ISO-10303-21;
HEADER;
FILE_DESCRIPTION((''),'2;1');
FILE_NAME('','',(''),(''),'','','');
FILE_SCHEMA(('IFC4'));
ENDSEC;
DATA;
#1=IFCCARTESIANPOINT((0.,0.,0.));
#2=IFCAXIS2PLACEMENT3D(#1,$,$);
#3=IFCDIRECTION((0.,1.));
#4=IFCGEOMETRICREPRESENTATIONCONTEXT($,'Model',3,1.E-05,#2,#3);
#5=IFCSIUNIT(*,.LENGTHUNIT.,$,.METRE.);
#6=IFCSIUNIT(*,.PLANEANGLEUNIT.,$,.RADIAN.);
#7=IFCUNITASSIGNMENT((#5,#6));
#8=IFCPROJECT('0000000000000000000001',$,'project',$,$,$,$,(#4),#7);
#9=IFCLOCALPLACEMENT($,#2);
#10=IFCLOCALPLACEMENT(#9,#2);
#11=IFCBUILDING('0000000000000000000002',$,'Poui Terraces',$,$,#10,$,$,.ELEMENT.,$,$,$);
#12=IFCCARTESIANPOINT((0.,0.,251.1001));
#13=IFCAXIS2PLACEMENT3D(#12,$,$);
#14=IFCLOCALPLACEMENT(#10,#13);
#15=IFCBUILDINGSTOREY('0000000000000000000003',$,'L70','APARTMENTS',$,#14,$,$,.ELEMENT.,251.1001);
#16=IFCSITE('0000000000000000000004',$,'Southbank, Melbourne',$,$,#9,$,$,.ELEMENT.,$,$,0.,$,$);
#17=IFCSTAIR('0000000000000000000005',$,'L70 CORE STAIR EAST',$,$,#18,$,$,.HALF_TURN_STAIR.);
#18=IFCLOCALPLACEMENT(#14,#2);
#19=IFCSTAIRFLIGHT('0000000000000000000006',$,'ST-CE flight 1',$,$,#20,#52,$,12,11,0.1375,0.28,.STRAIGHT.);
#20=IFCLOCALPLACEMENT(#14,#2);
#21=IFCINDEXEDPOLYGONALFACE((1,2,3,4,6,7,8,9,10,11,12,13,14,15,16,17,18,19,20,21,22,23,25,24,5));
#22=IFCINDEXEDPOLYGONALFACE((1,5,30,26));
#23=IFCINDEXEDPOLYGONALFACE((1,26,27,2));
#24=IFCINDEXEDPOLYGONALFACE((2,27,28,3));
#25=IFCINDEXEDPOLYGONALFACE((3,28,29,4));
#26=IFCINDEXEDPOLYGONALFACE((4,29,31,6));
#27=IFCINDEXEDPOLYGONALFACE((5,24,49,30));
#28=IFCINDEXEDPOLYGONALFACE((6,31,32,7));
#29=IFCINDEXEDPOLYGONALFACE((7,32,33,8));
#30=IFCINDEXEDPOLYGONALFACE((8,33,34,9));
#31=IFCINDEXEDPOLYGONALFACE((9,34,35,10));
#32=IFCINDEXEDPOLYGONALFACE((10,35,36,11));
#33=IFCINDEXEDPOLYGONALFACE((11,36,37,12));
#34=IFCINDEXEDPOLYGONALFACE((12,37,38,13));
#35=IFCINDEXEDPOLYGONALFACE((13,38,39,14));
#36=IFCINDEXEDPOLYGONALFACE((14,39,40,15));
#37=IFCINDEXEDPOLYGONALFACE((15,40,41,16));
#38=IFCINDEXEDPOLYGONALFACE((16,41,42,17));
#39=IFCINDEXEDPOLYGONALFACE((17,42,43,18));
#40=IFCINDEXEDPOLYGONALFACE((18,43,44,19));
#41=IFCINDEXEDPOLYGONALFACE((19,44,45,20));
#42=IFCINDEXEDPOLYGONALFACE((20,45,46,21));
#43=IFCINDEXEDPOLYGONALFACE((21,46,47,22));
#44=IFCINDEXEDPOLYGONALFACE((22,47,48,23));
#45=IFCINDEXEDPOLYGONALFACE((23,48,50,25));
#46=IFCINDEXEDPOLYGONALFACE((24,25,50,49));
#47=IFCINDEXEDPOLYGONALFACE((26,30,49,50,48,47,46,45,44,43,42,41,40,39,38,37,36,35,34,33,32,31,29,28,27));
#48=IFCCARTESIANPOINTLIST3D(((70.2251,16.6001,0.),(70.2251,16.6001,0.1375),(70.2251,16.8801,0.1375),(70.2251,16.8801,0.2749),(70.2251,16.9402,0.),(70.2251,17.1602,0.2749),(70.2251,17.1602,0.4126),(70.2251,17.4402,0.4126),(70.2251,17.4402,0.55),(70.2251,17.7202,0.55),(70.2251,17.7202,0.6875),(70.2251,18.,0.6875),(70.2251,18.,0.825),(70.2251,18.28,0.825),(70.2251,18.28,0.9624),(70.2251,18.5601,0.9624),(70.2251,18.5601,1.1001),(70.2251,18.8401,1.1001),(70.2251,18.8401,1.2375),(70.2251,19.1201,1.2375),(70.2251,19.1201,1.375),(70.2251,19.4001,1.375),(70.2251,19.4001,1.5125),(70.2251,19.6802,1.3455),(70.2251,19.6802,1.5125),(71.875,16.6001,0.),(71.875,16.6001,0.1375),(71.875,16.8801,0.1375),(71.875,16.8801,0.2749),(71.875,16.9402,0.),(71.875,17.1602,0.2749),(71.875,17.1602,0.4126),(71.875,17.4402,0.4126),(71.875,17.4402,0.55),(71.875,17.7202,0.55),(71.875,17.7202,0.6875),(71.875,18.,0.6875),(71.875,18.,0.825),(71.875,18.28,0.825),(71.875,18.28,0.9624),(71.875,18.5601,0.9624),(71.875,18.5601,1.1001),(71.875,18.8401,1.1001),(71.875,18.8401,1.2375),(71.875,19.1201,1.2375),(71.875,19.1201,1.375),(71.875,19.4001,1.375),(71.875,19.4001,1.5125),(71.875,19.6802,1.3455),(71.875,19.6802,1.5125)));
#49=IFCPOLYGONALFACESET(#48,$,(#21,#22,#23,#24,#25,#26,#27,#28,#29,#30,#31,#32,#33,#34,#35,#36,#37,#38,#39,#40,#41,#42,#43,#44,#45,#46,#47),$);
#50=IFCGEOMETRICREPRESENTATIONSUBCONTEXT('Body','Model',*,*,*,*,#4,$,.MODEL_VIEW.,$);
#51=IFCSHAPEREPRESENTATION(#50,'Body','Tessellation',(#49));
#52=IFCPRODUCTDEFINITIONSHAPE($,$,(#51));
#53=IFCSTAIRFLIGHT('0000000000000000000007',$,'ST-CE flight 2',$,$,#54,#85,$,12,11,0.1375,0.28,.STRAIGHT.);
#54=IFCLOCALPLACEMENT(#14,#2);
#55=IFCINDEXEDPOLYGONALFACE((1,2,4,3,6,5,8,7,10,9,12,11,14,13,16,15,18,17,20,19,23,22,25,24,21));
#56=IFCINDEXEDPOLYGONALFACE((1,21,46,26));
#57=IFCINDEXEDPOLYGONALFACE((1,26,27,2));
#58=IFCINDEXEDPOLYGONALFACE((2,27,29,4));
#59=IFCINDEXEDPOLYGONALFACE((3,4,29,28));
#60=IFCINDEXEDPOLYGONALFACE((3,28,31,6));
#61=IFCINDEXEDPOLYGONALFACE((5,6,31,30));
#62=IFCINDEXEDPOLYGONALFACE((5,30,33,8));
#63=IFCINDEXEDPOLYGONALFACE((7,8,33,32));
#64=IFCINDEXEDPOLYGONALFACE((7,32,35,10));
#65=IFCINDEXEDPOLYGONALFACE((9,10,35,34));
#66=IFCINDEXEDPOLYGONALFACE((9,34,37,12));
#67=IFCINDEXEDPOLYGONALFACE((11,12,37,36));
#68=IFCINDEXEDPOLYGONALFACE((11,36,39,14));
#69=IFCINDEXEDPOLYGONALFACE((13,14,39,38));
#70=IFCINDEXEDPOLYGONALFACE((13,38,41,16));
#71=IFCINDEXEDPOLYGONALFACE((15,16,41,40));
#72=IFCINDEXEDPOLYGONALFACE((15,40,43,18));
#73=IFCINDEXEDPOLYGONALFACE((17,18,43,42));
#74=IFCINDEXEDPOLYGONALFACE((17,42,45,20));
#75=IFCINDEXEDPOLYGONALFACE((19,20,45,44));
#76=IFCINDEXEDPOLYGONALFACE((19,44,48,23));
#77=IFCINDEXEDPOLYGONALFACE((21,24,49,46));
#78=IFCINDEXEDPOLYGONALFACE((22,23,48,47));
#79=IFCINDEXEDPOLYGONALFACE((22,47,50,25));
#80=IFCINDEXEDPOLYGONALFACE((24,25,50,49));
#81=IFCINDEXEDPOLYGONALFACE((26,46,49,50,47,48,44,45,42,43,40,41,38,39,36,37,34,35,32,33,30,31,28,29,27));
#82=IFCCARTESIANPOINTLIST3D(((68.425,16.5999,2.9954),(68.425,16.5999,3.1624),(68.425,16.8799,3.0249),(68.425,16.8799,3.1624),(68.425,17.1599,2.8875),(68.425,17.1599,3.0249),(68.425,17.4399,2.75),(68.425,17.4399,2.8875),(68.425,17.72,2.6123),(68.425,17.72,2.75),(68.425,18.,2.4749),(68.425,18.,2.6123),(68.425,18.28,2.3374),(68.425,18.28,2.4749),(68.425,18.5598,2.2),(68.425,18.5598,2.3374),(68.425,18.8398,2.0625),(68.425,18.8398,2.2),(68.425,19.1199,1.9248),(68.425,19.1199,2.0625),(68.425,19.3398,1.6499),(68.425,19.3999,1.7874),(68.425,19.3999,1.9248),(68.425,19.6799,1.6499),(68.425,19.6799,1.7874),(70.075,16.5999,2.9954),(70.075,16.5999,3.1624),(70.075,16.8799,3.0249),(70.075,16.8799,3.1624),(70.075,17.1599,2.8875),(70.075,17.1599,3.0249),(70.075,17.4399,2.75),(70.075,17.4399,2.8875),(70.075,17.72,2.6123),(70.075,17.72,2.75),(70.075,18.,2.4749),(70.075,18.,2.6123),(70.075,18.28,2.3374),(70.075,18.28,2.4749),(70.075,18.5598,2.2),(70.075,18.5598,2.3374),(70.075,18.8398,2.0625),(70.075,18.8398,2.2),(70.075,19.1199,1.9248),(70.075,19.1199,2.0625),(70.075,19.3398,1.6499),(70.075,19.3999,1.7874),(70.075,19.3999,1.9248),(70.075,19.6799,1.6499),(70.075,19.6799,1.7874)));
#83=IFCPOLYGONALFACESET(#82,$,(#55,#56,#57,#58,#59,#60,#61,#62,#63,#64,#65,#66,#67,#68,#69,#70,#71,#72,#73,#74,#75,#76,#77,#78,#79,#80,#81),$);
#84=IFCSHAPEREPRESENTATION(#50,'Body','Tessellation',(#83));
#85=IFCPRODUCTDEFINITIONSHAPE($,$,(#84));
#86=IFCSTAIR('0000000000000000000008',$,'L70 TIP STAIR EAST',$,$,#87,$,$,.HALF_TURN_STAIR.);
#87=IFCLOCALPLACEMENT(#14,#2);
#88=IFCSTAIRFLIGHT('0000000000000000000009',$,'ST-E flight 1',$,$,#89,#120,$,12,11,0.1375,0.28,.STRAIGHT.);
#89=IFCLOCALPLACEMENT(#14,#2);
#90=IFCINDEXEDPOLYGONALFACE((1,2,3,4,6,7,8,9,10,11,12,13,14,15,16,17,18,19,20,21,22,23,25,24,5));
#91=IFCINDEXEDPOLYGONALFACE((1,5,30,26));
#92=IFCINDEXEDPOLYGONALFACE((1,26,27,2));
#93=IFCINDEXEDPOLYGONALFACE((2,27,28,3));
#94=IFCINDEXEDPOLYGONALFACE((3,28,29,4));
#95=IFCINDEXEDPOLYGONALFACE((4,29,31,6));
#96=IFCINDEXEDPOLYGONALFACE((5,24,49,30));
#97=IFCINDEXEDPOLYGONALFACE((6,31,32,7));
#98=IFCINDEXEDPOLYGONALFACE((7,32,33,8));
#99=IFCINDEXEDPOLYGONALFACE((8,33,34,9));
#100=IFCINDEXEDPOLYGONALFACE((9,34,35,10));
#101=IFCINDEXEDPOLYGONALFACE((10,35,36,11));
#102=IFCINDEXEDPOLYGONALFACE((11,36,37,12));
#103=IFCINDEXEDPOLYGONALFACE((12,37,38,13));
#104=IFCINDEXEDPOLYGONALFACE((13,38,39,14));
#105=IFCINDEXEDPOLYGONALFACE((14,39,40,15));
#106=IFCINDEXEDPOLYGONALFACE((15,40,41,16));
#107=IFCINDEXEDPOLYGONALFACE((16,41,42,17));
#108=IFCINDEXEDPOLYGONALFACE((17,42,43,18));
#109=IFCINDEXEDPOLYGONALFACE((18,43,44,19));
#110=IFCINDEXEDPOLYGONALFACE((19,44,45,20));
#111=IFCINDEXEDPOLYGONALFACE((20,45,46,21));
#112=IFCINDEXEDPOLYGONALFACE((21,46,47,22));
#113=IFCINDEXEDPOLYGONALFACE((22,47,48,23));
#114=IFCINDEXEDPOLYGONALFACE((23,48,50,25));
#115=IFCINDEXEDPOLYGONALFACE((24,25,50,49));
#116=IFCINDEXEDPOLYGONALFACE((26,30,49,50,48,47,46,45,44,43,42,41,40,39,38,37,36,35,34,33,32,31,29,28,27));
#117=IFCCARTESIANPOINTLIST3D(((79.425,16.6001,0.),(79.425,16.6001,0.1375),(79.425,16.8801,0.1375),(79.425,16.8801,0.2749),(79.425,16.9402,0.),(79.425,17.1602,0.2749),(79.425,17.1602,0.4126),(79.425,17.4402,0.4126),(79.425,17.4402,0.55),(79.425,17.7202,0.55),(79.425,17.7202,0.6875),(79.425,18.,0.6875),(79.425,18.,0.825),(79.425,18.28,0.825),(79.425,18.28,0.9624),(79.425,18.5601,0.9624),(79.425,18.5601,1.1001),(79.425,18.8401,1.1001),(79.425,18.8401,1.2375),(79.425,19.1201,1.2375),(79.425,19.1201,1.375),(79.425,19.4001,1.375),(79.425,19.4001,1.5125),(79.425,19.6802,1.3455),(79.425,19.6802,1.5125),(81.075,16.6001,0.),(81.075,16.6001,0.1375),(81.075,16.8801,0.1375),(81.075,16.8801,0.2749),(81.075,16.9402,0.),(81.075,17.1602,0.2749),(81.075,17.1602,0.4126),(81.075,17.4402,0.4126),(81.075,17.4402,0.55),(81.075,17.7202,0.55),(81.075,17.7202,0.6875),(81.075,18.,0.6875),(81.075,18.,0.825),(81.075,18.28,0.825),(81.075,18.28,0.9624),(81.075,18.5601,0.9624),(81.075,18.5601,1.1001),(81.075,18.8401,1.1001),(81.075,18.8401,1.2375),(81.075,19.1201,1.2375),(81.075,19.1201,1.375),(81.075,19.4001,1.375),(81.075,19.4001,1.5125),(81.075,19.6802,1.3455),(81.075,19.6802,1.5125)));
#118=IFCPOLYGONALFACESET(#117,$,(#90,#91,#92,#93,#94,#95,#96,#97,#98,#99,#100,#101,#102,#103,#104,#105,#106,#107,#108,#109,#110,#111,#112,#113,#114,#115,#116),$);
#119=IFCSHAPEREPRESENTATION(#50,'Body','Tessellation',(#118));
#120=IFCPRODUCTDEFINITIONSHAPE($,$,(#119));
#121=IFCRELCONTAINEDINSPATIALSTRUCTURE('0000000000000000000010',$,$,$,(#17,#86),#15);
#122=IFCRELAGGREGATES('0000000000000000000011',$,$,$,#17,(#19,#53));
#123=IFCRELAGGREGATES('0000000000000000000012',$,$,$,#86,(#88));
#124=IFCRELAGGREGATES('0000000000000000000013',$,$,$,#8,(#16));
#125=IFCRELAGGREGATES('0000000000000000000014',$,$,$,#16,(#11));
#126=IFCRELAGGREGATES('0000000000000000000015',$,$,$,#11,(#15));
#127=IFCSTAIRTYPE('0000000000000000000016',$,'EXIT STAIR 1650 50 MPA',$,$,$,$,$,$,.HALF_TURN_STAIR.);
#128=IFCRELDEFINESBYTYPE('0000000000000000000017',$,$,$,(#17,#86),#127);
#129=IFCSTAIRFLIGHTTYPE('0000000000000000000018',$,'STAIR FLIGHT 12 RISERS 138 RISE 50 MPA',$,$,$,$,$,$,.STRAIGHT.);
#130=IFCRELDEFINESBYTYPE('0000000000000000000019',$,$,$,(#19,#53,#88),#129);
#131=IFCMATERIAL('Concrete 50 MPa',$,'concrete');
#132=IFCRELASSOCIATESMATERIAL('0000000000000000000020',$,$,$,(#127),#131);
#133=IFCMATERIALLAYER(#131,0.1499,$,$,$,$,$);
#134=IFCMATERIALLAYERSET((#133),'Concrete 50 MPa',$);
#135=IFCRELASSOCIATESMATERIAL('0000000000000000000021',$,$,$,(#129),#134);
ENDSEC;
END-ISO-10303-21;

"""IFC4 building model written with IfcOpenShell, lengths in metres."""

from ifc_helpers import new_model, si_unit, direction, frame, origin, place, context, subcontext, project, spatial, polyline, outline, extrude, material, layer, layer_set, type_object, element, aggregate, save


model = new_model("IFC4")

# Units and contexts
model_context = context("Model", 3, precision=1e-05, world=origin(), true_north=direction((0.0, 1.0)))
body_context = subcontext(model_context, "Body", "Model", "MODEL_VIEW")
ifc_project = project(units=[si_unit("LENGTHUNIT", "METRE"), si_unit("PLANEANGLEUNIT", "RADIAN")], contexts=[model_context])

# Site, building, storey
site_placement = place(None, origin())
site = spatial("IfcSite", under=ifc_project, at=site_placement, Name="Southbank, Melbourne", CompositionType="ELEMENT", RefElevation=0.0)
building_placement = place(site_placement, origin())
building = spatial("IfcBuilding", under=site, at=building_placement, Name="Poui Terraces", CompositionType="ELEMENT")
storey_placement = place(building_placement, frame((0.0, 0.0, 251.1001)))
storey = spatial("IfcBuildingStorey", under=building, at=storey_placement, Name="L70", Description="APARTMENTS", CompositionType="ELEMENT", Elevation=251.1001)

# Shared definitions
ifc_material_1 = material(Name="Concrete 50 MPa", Category="concrete")

# Stair, stair flights
stair_type = type_object("IfcStairType", Name="EXIT STAIR 1650 50 MPA", PredefinedType="HALF_TURN_STAIR", material=ifc_material_1)
stair_1_placement = place(storey_placement, origin())
stair_1 = element("IfcStair", 1, at=stair_1_placement, inside=storey, type_object=stair_type, Name="L70 CORE STAIR EAST", PredefinedType="HALF_TURN_STAIR")
ifc_layer_1 = layer(ifc_material_1, 0.1499)
ifc_layer_set_1 = layer_set([ifc_layer_1], Name="Concrete 50 MPa")
stair_flight_type = type_object("IfcStairFlightType", Name="STAIR FLIGHT 12 RISERS 138 RISE 50 MPA", PredefinedType="STRAIGHT", material=ifc_layer_set_1)
stair_flight_1_placement = place(storey_placement, frame((71.05, 16.6001, 0.0), z_axis=(0.0, 0.0, 1.0), x_axis=(0.0, 1.0, 0.0)))
stair_flight_1 = element("IfcStairFlight", 2, at=stair_flight_1_placement, type_object=stair_flight_type, Name="ST-CE flight 1", NumberOfRisers=12, NumberOfTreads=11, PredefinedType="STRAIGHT", RiserHeight=0.1375, TreadLength=0.28, context=body_context, shape_type="SweptSolid", body=[
    extrude(outline(polyline([(0.0, 0.0), (0.0, 0.1375), (0.28, 0.1375), (0.28, 0.2749), (0.5601, 0.2749), (0.5601, 0.4126), (0.8401, 0.4126), (0.8401, 0.55), (1.1201, 0.55), (1.1201, 0.6875), (1.3999, 0.6875), (1.3999, 0.825), (1.6799, 0.825), (1.6799, 0.9624), (1.96, 0.9624), (1.96, 1.1001), (2.24, 1.1001), (2.24, 1.2375), (2.52, 1.2375), (2.52, 1.375), (2.8, 1.375), (2.8, 1.5125), (3.0801, 1.5125), (3.0801, 1.6499), (3.0801, 1.3455), (0.3401, 0.0), (0.0, 0.0)])), frame((0.0, 0.825, 0.0), z_axis=(0.0, -1.0, 0.0), x_axis=(1.0, 0.0, 0.0)), (0.0, 0.0, 1.0), 1.6499),
])
stair_flight_2_placement = place(storey_placement, frame((69.25, 19.6799, 1.6499), z_axis=(0.0, 0.0, 1.0), x_axis=(0.0, -1.0, 0.0)))
stair_flight_2 = element("IfcStairFlight", 3, at=stair_flight_2_placement, type_object=stair_flight_type, Name="ST-CE flight 2", NumberOfRisers=12, NumberOfTreads=11, PredefinedType="STRAIGHT", RiserHeight=0.1375, TreadLength=0.28, context=body_context, shape_type="SweptSolid", body=[
    extrude(outline(polyline([(0.0, 0.0), (0.0, 0.1375), (0.28, 0.1375), (0.28, 0.2749), (0.5601, 0.2749), (0.5601, 0.4126), (0.8401, 0.4126), (0.8401, 0.55), (1.1201, 0.55), (1.1201, 0.6875), (1.3999, 0.6875), (1.3999, 0.825), (1.6799, 0.825), (1.6799, 0.9624), (1.96, 0.9624), (1.96, 1.1001), (2.24, 1.1001), (2.24, 1.2375), (2.52, 1.2375), (2.52, 1.375), (2.8, 1.375), (2.8, 1.5125), (3.0801, 1.5125), (3.0801, 1.6499), (3.0801, 1.3455), (0.3401, 0.0), (0.0, 0.0)])), frame((0.0, 0.825, 0.0), z_axis=(0.0, -1.0, 0.0), x_axis=(1.0, 0.0, 0.0)), (0.0, 0.0, 1.0), 1.6499),
])
aggregate(stair_1, [stair_flight_1, stair_flight_2])

# Stair, stair flight
stair_2_placement = place(storey_placement, origin())
stair_2 = element("IfcStair", 4, at=stair_2_placement, inside=storey, type_object=stair_type, Name="L70 TIP STAIR EAST", PredefinedType="HALF_TURN_STAIR")
stair_flight_3_placement = place(storey_placement, frame((80.25, 16.6001, 0.0), z_axis=(0.0, 0.0, 1.0), x_axis=(0.0, 1.0, 0.0)))
stair_flight_3 = element("IfcStairFlight", 5, at=stair_flight_3_placement, type_object=stair_flight_type, Name="ST-E flight 1", NumberOfRisers=12, NumberOfTreads=11, PredefinedType="STRAIGHT", RiserHeight=0.1375, TreadLength=0.28, context=body_context, shape_type="SweptSolid", body=[
    extrude(outline(polyline([(0.0, 0.0), (0.0, 0.1375), (0.28, 0.1375), (0.28, 0.2749), (0.5601, 0.2749), (0.5601, 0.4126), (0.8401, 0.4126), (0.8401, 0.55), (1.1201, 0.55), (1.1201, 0.6875), (1.3999, 0.6875), (1.3999, 0.825), (1.6799, 0.825), (1.6799, 0.9624), (1.96, 0.9624), (1.96, 1.1001), (2.24, 1.1001), (2.24, 1.2375), (2.52, 1.2375), (2.52, 1.375), (2.8, 1.375), (2.8, 1.5125), (3.0801, 1.5125), (3.0801, 1.6499), (3.0801, 1.3455), (0.3401, 0.0), (0.0, 0.0)])), frame((0.0, 0.825, 0.0), z_axis=(0.0, -1.0, 0.0), x_axis=(1.0, 0.0, 0.0)), (0.0, 0.0, 1.0), 1.6499),
])
aggregate(stair_2, [stair_flight_3])

save(model, "model.ifc")
